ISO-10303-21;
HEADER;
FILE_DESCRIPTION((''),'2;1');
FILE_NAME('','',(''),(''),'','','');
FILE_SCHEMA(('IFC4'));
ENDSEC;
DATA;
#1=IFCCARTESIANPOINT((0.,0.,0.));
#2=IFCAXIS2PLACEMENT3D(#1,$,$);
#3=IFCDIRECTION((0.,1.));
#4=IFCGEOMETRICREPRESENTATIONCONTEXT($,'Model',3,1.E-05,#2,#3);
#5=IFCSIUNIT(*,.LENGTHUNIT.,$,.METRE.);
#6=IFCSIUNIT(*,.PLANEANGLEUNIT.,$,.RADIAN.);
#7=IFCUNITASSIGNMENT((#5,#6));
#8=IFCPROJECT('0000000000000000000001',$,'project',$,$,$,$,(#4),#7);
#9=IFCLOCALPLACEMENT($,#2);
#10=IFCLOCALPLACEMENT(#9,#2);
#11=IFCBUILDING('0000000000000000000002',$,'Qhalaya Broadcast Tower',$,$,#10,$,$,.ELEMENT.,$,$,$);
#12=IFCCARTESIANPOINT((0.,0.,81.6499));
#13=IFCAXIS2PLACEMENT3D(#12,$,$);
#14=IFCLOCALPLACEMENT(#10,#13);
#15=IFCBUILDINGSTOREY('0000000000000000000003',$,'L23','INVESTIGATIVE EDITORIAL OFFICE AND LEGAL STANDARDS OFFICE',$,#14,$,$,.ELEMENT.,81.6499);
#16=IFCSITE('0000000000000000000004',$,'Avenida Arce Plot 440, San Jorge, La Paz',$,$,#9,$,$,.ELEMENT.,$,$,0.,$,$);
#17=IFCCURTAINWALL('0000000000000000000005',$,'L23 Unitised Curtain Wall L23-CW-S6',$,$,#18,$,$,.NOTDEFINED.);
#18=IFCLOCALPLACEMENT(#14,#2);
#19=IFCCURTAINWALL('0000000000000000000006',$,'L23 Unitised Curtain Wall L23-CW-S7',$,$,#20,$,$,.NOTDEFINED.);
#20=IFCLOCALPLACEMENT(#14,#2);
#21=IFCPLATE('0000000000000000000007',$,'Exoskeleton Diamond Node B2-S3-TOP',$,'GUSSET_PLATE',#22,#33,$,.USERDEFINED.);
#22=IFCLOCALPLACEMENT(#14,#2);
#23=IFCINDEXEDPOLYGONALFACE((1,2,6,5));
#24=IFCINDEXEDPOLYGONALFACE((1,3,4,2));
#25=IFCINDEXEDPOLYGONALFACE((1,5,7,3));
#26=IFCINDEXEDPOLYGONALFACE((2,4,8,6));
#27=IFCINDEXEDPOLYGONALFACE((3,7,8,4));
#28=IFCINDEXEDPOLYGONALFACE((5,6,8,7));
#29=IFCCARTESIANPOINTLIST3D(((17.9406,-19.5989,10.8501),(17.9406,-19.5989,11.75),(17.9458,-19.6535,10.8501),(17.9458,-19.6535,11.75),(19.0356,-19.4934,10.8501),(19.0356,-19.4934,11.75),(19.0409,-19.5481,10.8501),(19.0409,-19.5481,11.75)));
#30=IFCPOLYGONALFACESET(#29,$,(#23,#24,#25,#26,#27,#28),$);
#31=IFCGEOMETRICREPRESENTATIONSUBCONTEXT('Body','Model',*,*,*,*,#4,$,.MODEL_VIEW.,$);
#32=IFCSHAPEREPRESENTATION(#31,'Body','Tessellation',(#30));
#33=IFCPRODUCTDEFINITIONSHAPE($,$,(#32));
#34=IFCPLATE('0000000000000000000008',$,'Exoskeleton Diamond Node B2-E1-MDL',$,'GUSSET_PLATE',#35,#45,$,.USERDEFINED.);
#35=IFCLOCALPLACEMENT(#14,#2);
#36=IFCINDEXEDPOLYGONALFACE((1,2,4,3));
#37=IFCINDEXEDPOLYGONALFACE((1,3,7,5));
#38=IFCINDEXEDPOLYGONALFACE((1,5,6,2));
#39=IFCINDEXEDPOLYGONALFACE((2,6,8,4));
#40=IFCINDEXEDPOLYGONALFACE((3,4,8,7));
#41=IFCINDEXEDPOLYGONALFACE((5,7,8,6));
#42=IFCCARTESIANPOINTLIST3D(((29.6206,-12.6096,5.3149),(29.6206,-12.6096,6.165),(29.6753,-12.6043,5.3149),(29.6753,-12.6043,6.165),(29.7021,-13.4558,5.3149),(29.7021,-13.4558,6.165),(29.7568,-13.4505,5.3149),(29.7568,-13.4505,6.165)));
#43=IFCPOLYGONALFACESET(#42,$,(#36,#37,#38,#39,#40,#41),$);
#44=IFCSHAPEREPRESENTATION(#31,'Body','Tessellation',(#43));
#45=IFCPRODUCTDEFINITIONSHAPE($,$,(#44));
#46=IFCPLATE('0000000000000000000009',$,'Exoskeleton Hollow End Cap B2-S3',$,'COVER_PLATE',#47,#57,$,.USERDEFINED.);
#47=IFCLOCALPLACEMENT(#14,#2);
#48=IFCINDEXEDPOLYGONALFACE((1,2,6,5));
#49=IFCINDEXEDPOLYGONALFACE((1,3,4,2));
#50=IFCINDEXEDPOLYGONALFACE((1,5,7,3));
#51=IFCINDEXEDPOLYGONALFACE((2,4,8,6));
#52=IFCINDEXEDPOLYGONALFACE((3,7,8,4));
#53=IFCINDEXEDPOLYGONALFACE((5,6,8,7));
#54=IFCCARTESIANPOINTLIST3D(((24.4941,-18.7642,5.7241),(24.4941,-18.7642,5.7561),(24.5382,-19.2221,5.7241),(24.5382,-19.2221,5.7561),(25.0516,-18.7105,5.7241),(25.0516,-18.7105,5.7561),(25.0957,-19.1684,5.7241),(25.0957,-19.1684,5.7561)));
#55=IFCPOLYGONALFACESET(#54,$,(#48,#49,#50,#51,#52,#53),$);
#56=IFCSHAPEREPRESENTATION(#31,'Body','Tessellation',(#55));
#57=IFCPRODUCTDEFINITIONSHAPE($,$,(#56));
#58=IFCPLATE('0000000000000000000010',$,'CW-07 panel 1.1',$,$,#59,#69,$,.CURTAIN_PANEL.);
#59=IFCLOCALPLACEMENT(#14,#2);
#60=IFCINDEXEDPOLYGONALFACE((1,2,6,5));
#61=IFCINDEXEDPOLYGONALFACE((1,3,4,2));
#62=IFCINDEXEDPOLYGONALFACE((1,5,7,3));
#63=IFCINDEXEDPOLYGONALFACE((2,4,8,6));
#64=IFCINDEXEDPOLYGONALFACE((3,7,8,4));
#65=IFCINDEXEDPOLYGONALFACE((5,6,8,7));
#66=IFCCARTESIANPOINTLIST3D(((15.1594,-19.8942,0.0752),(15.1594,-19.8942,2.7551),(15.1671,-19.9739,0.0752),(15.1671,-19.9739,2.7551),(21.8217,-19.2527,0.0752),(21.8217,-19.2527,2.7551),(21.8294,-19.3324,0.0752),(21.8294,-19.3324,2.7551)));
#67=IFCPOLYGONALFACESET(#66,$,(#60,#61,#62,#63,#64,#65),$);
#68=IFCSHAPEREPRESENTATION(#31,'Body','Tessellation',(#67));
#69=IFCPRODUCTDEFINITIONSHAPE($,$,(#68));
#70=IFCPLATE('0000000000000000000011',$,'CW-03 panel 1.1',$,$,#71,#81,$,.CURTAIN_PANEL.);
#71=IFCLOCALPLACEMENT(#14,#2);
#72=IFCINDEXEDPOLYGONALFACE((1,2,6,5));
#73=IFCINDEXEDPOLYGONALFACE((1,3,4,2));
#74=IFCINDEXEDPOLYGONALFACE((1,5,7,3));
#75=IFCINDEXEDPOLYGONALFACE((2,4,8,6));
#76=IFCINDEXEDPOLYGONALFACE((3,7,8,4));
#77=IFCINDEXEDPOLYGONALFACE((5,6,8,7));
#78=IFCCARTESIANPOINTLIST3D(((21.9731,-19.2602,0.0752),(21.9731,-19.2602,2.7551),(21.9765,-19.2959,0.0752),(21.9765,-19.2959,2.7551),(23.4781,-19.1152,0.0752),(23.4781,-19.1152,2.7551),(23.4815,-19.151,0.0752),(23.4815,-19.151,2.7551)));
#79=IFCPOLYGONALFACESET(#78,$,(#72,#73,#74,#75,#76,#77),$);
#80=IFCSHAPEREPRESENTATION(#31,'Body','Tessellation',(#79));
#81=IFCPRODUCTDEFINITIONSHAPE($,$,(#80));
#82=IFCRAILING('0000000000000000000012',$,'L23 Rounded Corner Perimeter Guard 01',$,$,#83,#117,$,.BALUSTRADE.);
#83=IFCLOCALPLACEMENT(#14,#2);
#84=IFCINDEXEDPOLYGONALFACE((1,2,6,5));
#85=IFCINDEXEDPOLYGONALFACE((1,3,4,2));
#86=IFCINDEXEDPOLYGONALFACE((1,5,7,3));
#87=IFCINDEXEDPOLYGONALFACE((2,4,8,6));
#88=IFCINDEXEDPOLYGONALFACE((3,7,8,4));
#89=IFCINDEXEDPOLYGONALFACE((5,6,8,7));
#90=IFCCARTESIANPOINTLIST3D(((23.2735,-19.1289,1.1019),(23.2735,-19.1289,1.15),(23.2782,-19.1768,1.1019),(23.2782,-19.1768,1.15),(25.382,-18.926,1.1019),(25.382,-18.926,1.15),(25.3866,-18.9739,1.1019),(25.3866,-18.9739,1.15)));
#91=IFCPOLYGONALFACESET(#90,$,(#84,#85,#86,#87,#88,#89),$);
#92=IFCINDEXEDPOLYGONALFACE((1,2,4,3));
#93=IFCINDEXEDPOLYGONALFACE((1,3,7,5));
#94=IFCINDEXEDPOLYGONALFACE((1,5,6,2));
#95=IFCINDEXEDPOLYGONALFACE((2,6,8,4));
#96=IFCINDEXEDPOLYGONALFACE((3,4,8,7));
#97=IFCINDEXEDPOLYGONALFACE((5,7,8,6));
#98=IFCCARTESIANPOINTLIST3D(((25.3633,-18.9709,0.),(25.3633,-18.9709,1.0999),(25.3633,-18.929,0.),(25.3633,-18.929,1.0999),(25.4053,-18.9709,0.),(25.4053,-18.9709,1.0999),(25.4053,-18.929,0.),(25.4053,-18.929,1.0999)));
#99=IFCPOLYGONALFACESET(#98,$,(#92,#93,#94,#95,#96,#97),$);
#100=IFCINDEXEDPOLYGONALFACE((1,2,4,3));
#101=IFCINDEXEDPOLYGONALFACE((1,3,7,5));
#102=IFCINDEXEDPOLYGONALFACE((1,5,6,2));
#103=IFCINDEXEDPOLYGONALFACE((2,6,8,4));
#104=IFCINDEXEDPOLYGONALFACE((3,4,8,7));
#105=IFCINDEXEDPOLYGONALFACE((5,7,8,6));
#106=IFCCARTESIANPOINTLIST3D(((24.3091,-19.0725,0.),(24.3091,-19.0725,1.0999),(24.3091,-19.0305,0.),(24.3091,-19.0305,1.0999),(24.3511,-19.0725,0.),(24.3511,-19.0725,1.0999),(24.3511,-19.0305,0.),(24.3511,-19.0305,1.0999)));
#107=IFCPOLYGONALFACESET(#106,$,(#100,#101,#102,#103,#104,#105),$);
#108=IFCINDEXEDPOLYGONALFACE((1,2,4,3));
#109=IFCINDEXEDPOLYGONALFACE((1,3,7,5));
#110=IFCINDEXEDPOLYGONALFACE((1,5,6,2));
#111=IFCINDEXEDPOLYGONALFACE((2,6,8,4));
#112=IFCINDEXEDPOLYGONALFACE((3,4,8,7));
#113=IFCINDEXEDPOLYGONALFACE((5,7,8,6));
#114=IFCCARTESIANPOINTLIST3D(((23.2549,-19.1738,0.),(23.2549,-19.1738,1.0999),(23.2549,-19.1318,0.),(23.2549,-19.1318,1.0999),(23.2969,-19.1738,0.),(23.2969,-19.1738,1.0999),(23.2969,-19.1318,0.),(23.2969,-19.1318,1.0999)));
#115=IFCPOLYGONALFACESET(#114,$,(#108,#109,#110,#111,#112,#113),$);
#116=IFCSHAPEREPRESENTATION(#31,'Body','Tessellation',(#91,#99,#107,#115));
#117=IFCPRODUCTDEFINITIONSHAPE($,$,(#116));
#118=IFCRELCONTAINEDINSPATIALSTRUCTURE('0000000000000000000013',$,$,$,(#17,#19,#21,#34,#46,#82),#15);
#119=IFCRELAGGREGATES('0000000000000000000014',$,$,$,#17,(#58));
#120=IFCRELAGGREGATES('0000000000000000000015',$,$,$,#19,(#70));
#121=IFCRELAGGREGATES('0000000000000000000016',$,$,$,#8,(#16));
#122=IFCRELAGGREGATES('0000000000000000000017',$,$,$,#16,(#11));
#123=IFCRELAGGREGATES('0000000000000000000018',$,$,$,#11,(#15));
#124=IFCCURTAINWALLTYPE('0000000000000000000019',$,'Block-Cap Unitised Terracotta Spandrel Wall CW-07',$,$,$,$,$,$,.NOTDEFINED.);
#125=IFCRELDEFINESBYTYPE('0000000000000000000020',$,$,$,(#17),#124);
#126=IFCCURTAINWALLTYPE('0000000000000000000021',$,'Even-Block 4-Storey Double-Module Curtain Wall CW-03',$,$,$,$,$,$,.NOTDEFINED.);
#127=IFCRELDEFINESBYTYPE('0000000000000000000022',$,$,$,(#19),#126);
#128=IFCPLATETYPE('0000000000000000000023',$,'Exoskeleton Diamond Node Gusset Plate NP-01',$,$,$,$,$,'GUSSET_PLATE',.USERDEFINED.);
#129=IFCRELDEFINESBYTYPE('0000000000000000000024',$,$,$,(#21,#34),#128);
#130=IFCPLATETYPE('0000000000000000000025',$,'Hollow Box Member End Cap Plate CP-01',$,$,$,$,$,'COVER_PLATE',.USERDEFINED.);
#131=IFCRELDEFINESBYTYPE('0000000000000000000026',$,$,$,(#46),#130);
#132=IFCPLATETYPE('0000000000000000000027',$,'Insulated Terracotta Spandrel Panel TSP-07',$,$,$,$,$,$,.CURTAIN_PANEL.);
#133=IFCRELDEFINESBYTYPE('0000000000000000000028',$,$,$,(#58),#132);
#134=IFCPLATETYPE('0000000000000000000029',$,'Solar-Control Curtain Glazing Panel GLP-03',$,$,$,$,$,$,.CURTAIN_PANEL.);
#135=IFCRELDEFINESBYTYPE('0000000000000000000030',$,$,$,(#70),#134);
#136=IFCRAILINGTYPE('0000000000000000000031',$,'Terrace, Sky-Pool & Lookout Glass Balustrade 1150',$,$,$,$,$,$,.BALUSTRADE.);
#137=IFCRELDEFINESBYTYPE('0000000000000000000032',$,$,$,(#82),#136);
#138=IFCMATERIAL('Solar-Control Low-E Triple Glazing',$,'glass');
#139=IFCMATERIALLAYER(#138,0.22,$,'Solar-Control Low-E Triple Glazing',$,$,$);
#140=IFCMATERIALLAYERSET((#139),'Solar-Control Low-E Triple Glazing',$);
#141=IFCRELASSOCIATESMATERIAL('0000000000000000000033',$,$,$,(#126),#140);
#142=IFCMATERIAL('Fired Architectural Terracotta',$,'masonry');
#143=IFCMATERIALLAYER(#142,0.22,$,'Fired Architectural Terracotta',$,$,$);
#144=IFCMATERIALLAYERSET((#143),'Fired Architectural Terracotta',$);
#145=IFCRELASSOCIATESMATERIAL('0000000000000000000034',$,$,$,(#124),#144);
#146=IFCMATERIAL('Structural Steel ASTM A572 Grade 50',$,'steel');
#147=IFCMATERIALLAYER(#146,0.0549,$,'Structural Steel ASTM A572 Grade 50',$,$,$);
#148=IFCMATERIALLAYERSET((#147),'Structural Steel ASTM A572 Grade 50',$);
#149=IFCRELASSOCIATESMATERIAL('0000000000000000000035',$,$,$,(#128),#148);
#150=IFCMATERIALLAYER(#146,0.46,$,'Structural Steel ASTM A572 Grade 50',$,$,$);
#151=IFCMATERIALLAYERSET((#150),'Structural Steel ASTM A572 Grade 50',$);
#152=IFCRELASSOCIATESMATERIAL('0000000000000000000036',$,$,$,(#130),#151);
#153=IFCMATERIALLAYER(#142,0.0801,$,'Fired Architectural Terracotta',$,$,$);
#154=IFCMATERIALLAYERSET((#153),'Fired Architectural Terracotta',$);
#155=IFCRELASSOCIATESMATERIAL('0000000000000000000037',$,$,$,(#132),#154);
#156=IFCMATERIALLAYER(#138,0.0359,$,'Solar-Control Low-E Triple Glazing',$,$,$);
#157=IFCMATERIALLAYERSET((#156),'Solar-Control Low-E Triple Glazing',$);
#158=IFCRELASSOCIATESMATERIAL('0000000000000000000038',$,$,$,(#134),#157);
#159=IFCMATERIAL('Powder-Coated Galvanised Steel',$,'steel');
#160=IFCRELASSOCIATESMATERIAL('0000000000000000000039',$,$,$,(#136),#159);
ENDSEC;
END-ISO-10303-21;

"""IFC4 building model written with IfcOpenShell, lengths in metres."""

from ifc_helpers import new_model, si_unit, direction, frame, origin, origin_2d, place, context, subcontext, project, spatial, rectangle, extrude, material, layer, layer_set, type_object, element, aggregate, save


model = new_model("IFC4")

# Units and contexts
model_context = context("Model", 3, precision=1e-05, world=origin(), true_north=direction((0.0, 1.0)))
body_context = subcontext(model_context, "Body", "Model", "MODEL_VIEW")
ifc_project = project(units=[si_unit("LENGTHUNIT", "METRE"), si_unit("PLANEANGLEUNIT", "RADIAN")], contexts=[model_context])

# Site, building, storey
site_placement = place(None, origin())
site = spatial("IfcSite", under=ifc_project, at=site_placement, Name="Avenida Arce Plot 440, San Jorge, La Paz", CompositionType="ELEMENT", RefElevation=0.0)
building_placement = place(site_placement, origin())
building = spatial("IfcBuilding", under=site, at=building_placement, Name="Qhalaya Broadcast Tower", CompositionType="ELEMENT")
storey_placement = place(building_placement, frame((0.0, 0.0, 81.6499)))
storey = spatial("IfcBuildingStorey", under=building, at=storey_placement, Name="L23", Description="INVESTIGATIVE EDITORIAL OFFICE AND LEGAL STANDARDS OFFICE", CompositionType="ELEMENT", Elevation=81.6499)

# Shared definitions
ifc_material_1 = material(Name="Structural Steel ASTM A572 Grade 50", Category="steel")

# Shared definitions
ifc_material_2 = material(Name="Solar-Control Low-E Triple Glazing", Category="glass")
ifc_layer_1 = layer(ifc_material_2, 0.22, Name="Solar-Control Low-E Triple Glazing")
ifc_layer_set_1 = layer_set([ifc_layer_1], Name="Solar-Control Low-E Triple Glazing")
curtain_wall_type_1 = type_object("IfcCurtainWallType", Name="Even-Block 4-Storey Double-Module Curtain Wall CW-03", PredefinedType="NOTDEFINED", material=ifc_layer_set_1)

# Curtain walls
ifc_material_3 = material(Name="Fired Architectural Terracotta", Category="masonry")
ifc_layer_2 = layer(ifc_material_3, 0.22, Name="Fired Architectural Terracotta")
ifc_layer_set_2 = layer_set([ifc_layer_2], Name="Fired Architectural Terracotta")
curtain_wall_type_2 = type_object("IfcCurtainWallType", Name="Block-Cap Unitised Terracotta Spandrel Wall CW-07", PredefinedType="NOTDEFINED", material=ifc_layer_set_2)
curtain_wall_1_placement = place(storey_placement, origin())
curtain_wall_1 = element("IfcCurtainWall", 1, at=curtain_wall_1_placement, inside=storey, type_object=curtain_wall_type_2, Name="L23 Unitised Curtain Wall L23-CW-S6", PredefinedType="NOTDEFINED")
curtain_wall_2_placement = place(storey_placement, origin())
curtain_wall_2 = element("IfcCurtainWall", 2, at=curtain_wall_2_placement, inside=storey, type_object=curtain_wall_type_1, Name="L23 Unitised Curtain Wall L23-CW-S7", PredefinedType="NOTDEFINED")

# Plates
ifc_layer_3 = layer(ifc_material_1, 0.0549, Name="Structural Steel ASTM A572 Grade 50")
ifc_layer_set_3 = layer_set([ifc_layer_3], Name="Structural Steel ASTM A572 Grade 50")
plate_type_1 = type_object("IfcPlateType", Name="Exoskeleton Diamond Node Gusset Plate NP-01", ElementType="GUSSET_PLATE", PredefinedType="USERDEFINED", material=ifc_layer_set_3)
for number, where, z_axis, x_axis, name in (
    (3, (18.4907, -19.5735, 10.8501), (0.0, 0.0, 1.0), (0.995396, 0.095846, 0.0), "Exoskeleton Diamond Node B2-S3-TOP"),
):
    element("IfcPlate", number, at=place(storey_placement, frame(where, z_axis=z_axis, x_axis=x_axis)), inside=storey, type_object=plate_type_1, Name=name, ObjectType="GUSSET_PLATE", PredefinedType="USERDEFINED", context=body_context, shape_type="SweptSolid", body=[
        extrude(rectangle(XDim=1.1001, YDim=0.0549, at=origin_2d()), origin(), (0.0, 0.0, 1.0), 0.8999),
    ])
plate_1_placement = place(storey_placement, frame((29.6887, -13.03, 5.3149), z_axis=(0.0, 0.0, 1.0), x_axis=(-0.095846, 0.995396, 0.0)))
element("IfcPlate", 4, at=plate_1_placement, inside=storey, type_object=plate_type_1, Name="Exoskeleton Diamond Node B2-E1-MDL", ObjectType="GUSSET_PLATE", PredefinedType="USERDEFINED", context=body_context, shape_type="SweptSolid", body=[
    extrude(rectangle(XDim=0.8501, YDim=0.0549, at=origin_2d()), origin(), (0.0, 0.0, 1.0), 0.8501),
])
ifc_layer_4 = layer(ifc_material_1, 0.46, Name="Structural Steel ASTM A572 Grade 50")
ifc_layer_set_4 = layer_set([ifc_layer_4], Name="Structural Steel ASTM A572 Grade 50")
plate_type_2 = type_object("IfcPlateType", Name="Hollow Box Member End Cap Plate CP-01", ElementType="COVER_PLATE", PredefinedType="USERDEFINED", material=ifc_layer_set_4)
plate_2_placement = place(storey_placement, frame((24.7949, -18.9663, 5.7241), z_axis=(0.0, 0.0, 1.0), x_axis=(0.995396, 0.095846, 0.0)))
element("IfcPlate", 5, at=plate_2_placement, inside=storey, type_object=plate_type_2, Name="Exoskeleton Hollow End Cap B2-S3", ObjectType="COVER_PLATE", PredefinedType="USERDEFINED", context=body_context, shape_type="SweptSolid", body=[
    extrude(rectangle(XDim=0.5601, YDim=0.46, at=origin_2d()), origin(), (0.0, 0.0, 1.0), 0.032),
])

# Plates
ifc_layer_5 = layer(ifc_material_3, 0.0801, Name="Fired Architectural Terracotta")
ifc_layer_set_5 = layer_set([ifc_layer_5], Name="Fired Architectural Terracotta")
plate_type_3 = type_object("IfcPlateType", Name="Insulated Terracotta Spandrel Panel TSP-07", PredefinedType="CURTAIN_PANEL", material=ifc_layer_set_5)
plate_3_placement = place(storey_placement, frame((18.4944, -19.6133, 0.0752), z_axis=(0.0, 0.0, 1.0), x_axis=(0.995396, 0.09585, 0.0)))
plate_3 = element("IfcPlate", 6, at=plate_3_placement, type_object=plate_type_3, Name="CW-07 panel 1.1", PredefinedType="CURTAIN_PANEL", context=body_context, shape_type="SweptSolid", body=[
    extrude(rectangle(XDim=6.6931, YDim=0.0801, at=origin_2d()), origin(), (0.0, 0.0, 1.0), 2.6799),
])
aggregate(curtain_wall_1, [plate_3])
ifc_layer_6 = layer(ifc_material_2, 0.0359, Name="Solar-Control Low-E Triple Glazing")
ifc_layer_set_6 = layer_set([ifc_layer_6], Name="Solar-Control Low-E Triple Glazing")
plate_type_4 = type_object("IfcPlateType", Name="Solar-Control Curtain Glazing Panel GLP-03", PredefinedType="CURTAIN_PANEL", material=ifc_layer_set_6)
plate_4_placement = place(storey_placement, frame((22.7273, -19.2056, 0.0752), z_axis=(0.0, 0.0, 1.0), x_axis=(0.995396, 0.095845, 0.0)))
plate_4 = element("IfcPlate", 7, at=plate_4_placement, type_object=plate_type_4, Name="CW-03 panel 1.1", PredefinedType="CURTAIN_PANEL", context=body_context, shape_type="SweptSolid", body=[
    extrude(rectangle(XDim=1.512, YDim=0.0359, at=origin_2d()), origin(), (0.0, 0.0, 1.0), 2.6799),
])
aggregate(curtain_wall_2, [plate_4])

# Railing
ifc_material_4 = material(Name="Powder-Coated Galvanised Steel", Category="steel")
railing_type = type_object("IfcRailingType", Name="Terrace, Sky-Pool & Lookout Glass Balustrade 1150", PredefinedType="BALUSTRADE", material=ifc_material_4)
railing_placement = place(storey_placement, frame((25.3843, -18.95, 0.0)))
element("IfcRailing", 8, at=railing_placement, inside=storey, type_object=railing_type, Name="L23 Rounded Corner Perimeter Guard 01", PredefinedType="BALUSTRADE", context=body_context, shape_type="SweptSolid", body=[
    extrude(rectangle(XDim=0.0481, YDim=0.0481, at=origin_2d()), frame((0.0, 0.0, 1.126), z_axis=(-0.995402, -0.095783, 0.0), x_axis=(0.095783, -0.995402, 0.0)), (0.0, 0.0, 1.0), 2.1182),
    extrude(rectangle(XDim=0.042, YDim=0.042, at=origin_2d()), origin(), (0.0, 0.0, 1.0), 1.0999),
    extrude(rectangle(XDim=0.042, YDim=0.042, at=origin_2d()), frame((-1.0542, -0.1016, 0.0)), (0.0, 0.0, 1.0), 1.0999),
    extrude(rectangle(XDim=0.042, YDim=0.042, at=origin_2d()), frame((-2.1084, -0.2029, 0.0)), (0.0, 0.0, 1.0), 1.0999),
])

save(model, "model.ifc")
